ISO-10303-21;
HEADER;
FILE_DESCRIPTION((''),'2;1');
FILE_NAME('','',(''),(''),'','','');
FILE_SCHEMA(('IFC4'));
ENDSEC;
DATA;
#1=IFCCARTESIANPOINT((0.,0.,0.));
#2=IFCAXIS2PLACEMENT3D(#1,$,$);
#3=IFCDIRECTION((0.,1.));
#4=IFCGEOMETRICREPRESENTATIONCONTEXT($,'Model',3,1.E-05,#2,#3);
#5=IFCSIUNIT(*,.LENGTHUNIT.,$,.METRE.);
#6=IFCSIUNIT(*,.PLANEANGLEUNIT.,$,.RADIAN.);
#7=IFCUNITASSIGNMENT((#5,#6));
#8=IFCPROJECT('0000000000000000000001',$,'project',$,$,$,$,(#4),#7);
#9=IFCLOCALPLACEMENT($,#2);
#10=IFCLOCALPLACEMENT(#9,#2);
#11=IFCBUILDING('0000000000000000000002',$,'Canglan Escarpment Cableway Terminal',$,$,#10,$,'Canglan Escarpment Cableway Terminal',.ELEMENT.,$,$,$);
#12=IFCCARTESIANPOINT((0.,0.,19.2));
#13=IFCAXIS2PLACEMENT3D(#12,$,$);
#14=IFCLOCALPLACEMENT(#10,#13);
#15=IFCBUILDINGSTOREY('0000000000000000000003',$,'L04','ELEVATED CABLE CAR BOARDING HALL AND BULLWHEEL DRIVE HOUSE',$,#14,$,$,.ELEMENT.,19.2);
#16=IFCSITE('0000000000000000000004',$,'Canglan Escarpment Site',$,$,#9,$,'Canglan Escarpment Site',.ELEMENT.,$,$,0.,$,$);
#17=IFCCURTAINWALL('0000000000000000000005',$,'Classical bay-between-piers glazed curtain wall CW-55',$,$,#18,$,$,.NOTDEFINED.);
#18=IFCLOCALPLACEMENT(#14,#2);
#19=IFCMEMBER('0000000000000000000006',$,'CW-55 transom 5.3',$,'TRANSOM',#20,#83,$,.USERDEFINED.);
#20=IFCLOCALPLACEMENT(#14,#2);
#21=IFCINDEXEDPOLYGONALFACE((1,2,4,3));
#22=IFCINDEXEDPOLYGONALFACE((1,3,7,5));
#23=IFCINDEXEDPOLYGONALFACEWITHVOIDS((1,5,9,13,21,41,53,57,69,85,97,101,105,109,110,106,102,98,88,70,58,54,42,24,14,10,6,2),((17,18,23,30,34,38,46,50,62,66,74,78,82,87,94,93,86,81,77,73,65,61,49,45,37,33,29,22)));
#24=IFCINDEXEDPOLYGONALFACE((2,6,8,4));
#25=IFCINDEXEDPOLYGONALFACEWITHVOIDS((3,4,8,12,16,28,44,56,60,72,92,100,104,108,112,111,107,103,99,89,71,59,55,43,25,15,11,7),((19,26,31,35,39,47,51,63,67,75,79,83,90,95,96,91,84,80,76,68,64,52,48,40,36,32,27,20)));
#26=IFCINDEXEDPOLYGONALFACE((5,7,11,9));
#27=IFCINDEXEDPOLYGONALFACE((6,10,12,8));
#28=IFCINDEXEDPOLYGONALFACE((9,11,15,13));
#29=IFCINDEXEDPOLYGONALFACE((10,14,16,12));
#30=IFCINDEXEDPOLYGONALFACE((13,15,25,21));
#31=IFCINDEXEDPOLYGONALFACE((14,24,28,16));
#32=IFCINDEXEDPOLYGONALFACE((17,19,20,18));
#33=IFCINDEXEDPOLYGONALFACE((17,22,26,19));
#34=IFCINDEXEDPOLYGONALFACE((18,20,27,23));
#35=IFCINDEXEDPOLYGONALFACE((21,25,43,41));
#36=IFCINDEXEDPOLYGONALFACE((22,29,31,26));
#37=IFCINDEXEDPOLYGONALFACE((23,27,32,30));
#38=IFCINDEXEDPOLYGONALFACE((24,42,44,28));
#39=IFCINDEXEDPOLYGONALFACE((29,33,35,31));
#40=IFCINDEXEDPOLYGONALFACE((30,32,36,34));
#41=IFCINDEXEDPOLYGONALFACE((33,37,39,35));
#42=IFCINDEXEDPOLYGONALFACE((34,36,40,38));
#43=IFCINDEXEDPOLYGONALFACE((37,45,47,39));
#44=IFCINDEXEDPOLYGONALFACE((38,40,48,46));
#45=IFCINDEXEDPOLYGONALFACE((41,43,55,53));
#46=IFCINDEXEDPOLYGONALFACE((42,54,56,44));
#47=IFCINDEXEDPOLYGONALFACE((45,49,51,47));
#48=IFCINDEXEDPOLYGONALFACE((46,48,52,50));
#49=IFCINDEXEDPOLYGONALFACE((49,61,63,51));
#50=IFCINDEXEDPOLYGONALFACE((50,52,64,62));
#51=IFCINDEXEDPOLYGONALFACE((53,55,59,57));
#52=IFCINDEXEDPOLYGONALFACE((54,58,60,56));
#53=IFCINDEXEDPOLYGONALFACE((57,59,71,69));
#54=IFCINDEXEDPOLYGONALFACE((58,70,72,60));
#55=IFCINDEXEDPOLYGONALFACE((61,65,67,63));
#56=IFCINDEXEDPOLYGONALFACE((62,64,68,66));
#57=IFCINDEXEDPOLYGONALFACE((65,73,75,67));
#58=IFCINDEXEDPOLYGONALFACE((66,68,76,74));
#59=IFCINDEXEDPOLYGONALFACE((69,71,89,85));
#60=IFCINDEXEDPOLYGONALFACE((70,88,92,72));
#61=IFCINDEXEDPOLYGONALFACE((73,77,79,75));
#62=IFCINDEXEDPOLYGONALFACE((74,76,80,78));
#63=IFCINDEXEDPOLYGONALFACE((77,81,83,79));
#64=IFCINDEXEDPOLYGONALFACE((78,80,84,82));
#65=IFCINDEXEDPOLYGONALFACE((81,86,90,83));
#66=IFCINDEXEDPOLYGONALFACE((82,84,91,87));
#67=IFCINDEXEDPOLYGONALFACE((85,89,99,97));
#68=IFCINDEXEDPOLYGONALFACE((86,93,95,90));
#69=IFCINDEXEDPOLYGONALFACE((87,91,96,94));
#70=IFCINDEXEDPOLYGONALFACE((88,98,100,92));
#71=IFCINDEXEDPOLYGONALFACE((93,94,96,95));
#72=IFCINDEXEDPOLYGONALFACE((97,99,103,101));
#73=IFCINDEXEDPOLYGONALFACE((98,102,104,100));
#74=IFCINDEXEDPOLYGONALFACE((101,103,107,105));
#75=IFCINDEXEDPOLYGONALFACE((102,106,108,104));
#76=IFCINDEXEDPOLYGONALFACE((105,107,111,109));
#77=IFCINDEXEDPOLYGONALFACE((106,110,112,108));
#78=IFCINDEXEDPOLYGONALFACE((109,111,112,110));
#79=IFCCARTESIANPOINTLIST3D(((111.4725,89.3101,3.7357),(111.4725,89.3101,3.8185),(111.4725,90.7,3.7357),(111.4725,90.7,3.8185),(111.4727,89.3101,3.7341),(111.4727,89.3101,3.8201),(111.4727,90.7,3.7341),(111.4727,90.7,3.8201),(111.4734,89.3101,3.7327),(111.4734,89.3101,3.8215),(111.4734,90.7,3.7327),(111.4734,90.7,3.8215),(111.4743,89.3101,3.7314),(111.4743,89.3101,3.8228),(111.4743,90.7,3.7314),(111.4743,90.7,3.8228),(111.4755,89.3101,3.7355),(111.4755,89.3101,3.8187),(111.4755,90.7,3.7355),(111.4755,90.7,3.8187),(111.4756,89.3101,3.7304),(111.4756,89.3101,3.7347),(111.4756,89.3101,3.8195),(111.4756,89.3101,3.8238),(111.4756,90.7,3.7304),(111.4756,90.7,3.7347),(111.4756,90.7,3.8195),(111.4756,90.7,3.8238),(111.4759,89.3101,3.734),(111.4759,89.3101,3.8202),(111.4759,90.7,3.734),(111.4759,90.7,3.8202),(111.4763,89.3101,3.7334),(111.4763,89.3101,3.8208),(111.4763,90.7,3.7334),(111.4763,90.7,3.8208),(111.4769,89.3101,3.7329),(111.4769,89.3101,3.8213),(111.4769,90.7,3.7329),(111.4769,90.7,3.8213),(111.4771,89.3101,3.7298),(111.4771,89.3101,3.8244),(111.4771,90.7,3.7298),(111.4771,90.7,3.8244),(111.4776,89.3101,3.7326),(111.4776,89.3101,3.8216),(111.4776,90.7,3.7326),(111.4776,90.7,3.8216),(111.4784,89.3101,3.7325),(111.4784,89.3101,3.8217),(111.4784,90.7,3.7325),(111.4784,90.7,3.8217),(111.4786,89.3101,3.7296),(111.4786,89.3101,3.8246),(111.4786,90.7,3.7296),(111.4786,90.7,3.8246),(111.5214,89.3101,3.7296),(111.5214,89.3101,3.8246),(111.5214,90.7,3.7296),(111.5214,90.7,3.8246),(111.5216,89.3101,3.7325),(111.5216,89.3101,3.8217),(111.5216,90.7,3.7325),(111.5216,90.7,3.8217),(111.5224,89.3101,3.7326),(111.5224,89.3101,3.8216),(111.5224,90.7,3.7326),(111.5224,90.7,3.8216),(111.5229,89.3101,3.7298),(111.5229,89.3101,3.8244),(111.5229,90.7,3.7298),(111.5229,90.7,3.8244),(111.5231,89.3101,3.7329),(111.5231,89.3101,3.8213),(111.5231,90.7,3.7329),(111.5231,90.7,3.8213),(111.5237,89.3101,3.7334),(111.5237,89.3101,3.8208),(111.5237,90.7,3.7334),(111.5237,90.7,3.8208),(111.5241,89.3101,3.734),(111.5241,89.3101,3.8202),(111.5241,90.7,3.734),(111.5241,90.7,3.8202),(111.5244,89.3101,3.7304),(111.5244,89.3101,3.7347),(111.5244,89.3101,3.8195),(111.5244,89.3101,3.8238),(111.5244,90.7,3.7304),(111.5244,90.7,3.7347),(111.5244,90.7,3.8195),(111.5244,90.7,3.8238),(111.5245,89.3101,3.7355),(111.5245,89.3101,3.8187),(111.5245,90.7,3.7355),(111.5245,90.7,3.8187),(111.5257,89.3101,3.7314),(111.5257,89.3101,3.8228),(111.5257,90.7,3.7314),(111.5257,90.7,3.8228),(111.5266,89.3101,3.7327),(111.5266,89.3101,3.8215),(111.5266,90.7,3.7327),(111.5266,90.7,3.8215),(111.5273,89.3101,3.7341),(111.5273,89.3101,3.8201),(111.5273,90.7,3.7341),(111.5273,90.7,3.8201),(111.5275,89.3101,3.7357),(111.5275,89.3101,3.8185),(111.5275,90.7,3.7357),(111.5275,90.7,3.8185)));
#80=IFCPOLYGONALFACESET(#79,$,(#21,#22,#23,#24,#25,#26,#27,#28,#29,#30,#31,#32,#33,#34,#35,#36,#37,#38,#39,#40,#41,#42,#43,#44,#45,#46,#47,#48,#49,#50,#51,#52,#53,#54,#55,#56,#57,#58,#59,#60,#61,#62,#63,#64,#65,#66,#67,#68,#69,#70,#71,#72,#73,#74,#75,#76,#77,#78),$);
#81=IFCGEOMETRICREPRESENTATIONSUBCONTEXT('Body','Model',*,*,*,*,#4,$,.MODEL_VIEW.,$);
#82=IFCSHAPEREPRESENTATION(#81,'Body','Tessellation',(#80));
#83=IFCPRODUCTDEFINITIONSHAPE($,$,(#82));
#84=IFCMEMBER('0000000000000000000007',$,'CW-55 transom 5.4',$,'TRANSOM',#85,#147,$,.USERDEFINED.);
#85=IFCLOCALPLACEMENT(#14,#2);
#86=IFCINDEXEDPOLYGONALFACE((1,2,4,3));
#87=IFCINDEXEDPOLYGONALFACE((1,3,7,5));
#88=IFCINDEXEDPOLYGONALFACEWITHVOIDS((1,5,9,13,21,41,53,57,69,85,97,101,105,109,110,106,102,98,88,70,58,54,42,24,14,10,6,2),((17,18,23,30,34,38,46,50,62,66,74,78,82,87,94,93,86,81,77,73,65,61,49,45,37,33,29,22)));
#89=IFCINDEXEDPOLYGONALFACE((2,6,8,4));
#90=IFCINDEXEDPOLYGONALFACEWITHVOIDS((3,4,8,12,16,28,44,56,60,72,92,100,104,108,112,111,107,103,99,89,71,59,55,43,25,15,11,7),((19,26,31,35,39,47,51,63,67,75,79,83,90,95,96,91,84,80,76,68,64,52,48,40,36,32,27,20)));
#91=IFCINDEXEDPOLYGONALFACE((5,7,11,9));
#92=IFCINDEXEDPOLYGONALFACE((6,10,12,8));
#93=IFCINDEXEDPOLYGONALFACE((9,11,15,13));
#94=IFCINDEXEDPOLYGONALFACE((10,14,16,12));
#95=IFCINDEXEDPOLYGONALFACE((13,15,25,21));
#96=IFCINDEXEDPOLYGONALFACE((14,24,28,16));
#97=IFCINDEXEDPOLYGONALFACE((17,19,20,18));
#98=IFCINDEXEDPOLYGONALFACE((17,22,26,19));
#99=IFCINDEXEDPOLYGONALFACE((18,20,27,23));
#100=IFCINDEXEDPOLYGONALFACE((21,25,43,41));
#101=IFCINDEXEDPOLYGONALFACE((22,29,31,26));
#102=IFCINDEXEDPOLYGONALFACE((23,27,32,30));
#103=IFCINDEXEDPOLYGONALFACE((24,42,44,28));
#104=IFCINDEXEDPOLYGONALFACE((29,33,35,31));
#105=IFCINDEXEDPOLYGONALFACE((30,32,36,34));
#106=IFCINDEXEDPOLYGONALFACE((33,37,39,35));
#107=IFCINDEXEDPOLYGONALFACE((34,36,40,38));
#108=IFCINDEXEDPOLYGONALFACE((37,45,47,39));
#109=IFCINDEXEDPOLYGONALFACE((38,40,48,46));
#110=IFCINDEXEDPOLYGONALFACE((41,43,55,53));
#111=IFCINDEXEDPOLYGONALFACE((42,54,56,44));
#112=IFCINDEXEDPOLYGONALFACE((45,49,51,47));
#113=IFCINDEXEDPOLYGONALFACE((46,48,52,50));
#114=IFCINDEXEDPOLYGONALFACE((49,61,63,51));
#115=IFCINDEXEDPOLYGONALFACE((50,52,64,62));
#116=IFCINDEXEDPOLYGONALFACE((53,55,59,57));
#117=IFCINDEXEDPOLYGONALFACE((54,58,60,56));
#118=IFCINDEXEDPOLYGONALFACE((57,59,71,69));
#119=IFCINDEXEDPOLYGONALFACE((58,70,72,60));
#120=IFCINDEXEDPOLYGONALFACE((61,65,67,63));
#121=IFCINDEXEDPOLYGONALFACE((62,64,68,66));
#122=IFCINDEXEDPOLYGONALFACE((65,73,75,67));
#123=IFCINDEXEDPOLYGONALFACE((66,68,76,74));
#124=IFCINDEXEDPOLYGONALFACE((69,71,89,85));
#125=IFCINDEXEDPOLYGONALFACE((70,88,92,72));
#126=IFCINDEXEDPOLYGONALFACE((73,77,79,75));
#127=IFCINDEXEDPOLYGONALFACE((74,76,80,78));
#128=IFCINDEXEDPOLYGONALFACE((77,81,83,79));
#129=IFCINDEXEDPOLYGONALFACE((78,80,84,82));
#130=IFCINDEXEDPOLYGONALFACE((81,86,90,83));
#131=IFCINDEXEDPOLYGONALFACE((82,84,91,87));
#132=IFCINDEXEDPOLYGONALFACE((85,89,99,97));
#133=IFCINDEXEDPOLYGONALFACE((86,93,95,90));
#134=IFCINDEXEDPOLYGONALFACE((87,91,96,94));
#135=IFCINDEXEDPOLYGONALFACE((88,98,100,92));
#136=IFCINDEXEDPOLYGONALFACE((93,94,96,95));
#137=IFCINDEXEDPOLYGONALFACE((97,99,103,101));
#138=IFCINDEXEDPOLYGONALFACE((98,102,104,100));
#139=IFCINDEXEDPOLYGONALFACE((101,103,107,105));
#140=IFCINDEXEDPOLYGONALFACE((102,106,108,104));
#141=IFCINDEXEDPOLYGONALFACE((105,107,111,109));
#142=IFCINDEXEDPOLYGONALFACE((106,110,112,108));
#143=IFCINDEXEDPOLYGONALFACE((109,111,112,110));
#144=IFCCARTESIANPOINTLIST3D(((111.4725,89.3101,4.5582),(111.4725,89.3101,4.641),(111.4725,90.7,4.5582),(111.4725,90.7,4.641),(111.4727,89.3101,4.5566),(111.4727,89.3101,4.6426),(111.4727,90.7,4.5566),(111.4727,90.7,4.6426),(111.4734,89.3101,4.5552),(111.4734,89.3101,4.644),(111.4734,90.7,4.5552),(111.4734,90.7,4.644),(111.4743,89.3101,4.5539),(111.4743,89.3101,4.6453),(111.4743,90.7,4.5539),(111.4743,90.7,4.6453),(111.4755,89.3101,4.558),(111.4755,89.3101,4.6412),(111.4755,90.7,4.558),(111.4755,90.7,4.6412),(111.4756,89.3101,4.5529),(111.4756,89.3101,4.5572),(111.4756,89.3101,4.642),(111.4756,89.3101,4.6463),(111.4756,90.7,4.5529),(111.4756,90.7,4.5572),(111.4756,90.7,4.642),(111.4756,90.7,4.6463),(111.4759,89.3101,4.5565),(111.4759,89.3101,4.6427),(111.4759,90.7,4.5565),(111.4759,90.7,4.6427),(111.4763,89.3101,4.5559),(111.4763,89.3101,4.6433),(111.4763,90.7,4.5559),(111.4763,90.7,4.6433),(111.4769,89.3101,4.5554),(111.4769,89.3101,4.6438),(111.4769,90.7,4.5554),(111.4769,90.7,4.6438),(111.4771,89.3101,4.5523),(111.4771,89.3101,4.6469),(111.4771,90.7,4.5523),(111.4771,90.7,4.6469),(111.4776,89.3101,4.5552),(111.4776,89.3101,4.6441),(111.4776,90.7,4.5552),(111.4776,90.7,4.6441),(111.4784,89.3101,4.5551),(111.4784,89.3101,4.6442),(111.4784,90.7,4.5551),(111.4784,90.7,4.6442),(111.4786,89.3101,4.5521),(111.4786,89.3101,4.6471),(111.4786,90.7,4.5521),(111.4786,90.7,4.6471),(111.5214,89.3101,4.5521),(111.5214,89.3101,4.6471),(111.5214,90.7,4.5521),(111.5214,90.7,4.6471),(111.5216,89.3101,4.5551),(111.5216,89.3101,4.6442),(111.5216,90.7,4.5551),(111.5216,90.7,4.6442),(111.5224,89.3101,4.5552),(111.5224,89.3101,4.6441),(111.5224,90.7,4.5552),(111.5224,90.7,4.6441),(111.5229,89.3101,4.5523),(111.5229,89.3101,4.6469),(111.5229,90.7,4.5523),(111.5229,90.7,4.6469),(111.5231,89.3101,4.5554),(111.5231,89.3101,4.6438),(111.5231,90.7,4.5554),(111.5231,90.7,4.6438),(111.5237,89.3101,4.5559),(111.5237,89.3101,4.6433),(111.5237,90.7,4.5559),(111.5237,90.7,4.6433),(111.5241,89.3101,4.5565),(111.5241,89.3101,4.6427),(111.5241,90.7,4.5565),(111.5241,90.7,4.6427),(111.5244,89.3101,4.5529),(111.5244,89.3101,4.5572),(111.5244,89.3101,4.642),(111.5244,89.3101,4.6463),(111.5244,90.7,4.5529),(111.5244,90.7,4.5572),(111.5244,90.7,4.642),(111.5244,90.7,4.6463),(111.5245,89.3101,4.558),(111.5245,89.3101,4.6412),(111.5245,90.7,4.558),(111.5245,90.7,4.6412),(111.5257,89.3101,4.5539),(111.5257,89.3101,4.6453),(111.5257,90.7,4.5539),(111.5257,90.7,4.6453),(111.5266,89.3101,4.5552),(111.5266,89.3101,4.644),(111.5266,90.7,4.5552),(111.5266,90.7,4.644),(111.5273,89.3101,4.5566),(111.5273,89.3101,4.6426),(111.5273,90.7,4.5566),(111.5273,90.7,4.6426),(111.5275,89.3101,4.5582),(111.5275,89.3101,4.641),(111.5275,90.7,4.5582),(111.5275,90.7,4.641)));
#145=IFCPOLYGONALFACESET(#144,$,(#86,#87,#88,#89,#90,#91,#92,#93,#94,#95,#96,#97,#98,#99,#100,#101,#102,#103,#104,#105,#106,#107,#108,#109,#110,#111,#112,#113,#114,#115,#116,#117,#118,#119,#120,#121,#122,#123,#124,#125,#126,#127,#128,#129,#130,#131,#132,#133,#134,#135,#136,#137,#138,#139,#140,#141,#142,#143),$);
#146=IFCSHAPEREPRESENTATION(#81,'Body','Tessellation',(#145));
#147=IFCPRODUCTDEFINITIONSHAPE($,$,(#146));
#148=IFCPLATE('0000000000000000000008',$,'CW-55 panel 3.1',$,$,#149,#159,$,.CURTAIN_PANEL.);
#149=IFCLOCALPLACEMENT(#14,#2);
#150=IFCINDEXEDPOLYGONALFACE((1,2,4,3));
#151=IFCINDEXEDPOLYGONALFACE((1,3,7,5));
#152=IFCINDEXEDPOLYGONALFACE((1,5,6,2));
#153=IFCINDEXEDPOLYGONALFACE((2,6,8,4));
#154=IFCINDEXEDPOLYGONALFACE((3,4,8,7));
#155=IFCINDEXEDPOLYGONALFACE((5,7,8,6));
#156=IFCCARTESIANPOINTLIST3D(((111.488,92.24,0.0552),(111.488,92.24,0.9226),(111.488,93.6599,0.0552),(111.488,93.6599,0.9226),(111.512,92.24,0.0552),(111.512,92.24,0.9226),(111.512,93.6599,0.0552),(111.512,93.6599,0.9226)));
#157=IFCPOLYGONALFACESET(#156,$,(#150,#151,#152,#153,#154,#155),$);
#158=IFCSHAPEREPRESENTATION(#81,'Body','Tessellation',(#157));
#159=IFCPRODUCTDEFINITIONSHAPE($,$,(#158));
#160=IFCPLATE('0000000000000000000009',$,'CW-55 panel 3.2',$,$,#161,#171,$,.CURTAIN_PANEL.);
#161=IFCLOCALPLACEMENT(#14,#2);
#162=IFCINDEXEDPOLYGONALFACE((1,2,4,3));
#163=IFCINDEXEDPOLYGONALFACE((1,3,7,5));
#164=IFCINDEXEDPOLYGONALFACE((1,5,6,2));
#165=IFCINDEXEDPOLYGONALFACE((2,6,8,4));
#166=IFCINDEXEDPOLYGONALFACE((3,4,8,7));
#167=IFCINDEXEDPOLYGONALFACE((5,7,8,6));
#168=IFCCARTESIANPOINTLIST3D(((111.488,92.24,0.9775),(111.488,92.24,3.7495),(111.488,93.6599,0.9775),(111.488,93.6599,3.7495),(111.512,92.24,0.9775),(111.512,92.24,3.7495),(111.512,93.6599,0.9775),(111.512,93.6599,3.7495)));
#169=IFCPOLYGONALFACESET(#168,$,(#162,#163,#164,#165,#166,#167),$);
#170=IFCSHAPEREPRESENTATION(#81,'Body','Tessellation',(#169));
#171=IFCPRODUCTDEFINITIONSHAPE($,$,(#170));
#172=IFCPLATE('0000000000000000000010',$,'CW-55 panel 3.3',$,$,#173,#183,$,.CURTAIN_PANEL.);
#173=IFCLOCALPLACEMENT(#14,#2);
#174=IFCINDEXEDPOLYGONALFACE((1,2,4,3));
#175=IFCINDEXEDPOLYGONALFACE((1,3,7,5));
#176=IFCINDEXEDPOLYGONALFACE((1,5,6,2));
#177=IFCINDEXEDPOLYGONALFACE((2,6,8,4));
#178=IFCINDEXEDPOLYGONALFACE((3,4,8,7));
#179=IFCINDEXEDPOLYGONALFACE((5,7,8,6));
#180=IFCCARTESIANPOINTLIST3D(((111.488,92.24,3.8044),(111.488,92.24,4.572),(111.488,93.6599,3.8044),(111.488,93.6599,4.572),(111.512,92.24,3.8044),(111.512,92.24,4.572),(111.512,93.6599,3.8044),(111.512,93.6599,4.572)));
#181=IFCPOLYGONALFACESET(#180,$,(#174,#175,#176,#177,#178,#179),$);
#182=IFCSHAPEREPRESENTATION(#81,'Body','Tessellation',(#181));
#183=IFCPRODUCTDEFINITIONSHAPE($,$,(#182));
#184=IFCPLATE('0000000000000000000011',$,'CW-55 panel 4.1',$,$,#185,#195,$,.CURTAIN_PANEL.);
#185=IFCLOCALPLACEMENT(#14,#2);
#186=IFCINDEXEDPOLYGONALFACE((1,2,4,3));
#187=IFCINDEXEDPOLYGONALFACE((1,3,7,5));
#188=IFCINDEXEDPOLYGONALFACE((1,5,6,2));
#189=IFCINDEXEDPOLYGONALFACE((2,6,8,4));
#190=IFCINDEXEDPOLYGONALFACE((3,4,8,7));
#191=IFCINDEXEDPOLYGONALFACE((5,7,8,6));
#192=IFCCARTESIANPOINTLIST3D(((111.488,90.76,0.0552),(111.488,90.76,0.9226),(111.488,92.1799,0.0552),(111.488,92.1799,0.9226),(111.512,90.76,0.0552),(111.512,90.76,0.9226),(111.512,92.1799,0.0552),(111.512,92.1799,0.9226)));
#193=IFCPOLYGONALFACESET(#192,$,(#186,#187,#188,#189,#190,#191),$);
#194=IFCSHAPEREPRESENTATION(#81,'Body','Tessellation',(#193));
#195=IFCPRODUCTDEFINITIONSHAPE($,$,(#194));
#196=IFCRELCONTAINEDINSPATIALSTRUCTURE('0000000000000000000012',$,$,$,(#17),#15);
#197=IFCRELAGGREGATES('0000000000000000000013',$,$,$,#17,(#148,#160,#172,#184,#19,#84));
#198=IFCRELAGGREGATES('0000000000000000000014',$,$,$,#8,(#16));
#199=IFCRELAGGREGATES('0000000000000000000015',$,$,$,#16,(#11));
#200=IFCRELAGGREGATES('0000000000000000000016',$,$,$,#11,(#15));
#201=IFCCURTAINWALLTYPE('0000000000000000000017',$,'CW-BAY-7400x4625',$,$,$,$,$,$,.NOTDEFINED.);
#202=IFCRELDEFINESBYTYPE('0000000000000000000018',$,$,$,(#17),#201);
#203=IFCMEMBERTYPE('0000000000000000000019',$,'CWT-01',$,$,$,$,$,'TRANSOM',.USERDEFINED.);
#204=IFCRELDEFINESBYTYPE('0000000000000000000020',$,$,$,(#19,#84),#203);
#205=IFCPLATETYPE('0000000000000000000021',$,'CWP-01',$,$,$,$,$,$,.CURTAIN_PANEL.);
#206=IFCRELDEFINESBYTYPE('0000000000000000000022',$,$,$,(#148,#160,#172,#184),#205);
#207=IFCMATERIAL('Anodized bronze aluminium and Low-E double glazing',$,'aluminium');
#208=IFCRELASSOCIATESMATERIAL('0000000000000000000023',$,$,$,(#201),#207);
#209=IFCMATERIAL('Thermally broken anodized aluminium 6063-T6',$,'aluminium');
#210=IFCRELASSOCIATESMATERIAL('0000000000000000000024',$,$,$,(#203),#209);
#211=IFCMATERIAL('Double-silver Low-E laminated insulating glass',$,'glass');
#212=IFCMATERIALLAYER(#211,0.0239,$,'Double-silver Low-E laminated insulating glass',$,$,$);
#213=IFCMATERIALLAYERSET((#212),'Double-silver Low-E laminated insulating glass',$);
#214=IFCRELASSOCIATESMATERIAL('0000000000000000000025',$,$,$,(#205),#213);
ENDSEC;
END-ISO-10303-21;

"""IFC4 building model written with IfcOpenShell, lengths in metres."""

from ifc_helpers import new_model, si_unit, direction, frame, origin, origin_2d, place, context, subcontext, project, spatial, rectangle, hollow_rectangle, extrude, material, layer, layer_set, material_profile, profile_set, type_object, element, aggregate, save


model = new_model("IFC4")

# Units and contexts
model_context = context("Model", 3, precision=1e-05, world=origin(), true_north=direction((0.0, 1.0)))
body_context = subcontext(model_context, "Body", "Model", "MODEL_VIEW")
ifc_project = project(units=[si_unit("LENGTHUNIT", "METRE"), si_unit("PLANEANGLEUNIT", "RADIAN")], contexts=[model_context])

# Site, building, storey
site_placement = place(None, origin())
site = spatial("IfcSite", under=ifc_project, at=site_placement, Name="Canglan Escarpment Site", LongName="Canglan Escarpment Site", CompositionType="ELEMENT", RefElevation=0.0)
building_placement = place(site_placement, origin())
building = spatial("IfcBuilding", under=site, at=building_placement, Name="Canglan Escarpment Cableway Terminal", LongName="Canglan Escarpment Cableway Terminal", CompositionType="ELEMENT")
storey_placement = place(building_placement, frame((0.0, 0.0, 19.2)))
storey = spatial("IfcBuildingStorey", under=building, at=storey_placement, Name="L04", Description="ELEVATED CABLE CAR BOARDING HALL AND BULLWHEEL DRIVE HOUSE", CompositionType="ELEMENT", Elevation=19.2)

# Curtain wall, members, plates
ifc_material_1 = material(Name="Anodized bronze aluminium and Low-E double glazing", Category="aluminium")
curtain_wall_type = type_object("IfcCurtainWallType", Name="CW-BAY-7400x4625", PredefinedType="NOTDEFINED", material=ifc_material_1)
curtain_wall_placement = place(storey_placement, origin())
curtain_wall = element("IfcCurtainWall", 1, at=curtain_wall_placement, inside=storey, type_object=curtain_wall_type, Name="Classical bay-between-piers glazed curtain wall CW-55", PredefinedType="NOTDEFINED")
ifc_material_2 = material(Name="Thermally broken anodized aluminium 6063-T6", Category="aluminium")
ifc_material_profile_1 = material_profile(ifc_material_2, hollow_rectangle(XDim=0.0549, YDim=0.095, WallThickness=0.0029, InnerFilletRadius=0.0029, OuterFilletRadius=0.0061, at=origin_2d()), Name="ALU-TRAN 55x95x3")
ifc_profile_set_1 = profile_set([ifc_material_profile_1], Name="Thermally broken anodized aluminium 6063-T6")
member_type_1 = type_object("IfcMemberType", Name="CWT-01", ElementType="TRANSOM", PredefinedType="USERDEFINED", material=ifc_profile_set_1)
member_1_placement = place(storey_placement, frame((111.5, 90.7, 3.7771), z_axis=(0.0, -1.0, 0.0), x_axis=(1.0, 0.0, 0.0)))
member_1 = element("IfcMember", 2, at=member_1_placement, type_object=member_type_1, Name="CW-55 transom 5.3", ObjectType="TRANSOM", PredefinedType="USERDEFINED", context=body_context, shape_type="SweptSolid", body=[
    extrude(hollow_rectangle(XDim=0.0549, YDim=0.095, WallThickness=0.0029, InnerFilletRadius=0.0029, OuterFilletRadius=0.0061, at=origin_2d()), origin(), (0.0, 0.0, 1.0), 1.3899),
])
member_2_placement = place(storey_placement, frame((111.5, 90.7, 4.5996), z_axis=(0.0, -1.0, 0.0), x_axis=(1.0, 0.0, 0.0)))
member_2 = element("IfcMember", 3, at=member_2_placement, type_object=member_type_1, Name="CW-55 transom 5.4", ObjectType="TRANSOM", PredefinedType="USERDEFINED", context=body_context, shape_type="SweptSolid", body=[
    extrude(hollow_rectangle(XDim=0.0549, YDim=0.095, WallThickness=0.0029, InnerFilletRadius=0.0029, OuterFilletRadius=0.0061, at=origin_2d()), origin(), (0.0, 0.0, 1.0), 1.3899),
])
ifc_material_3 = material(Name="Double-silver Low-E laminated insulating glass", Category="glass")
ifc_layer_1 = layer(ifc_material_3, 0.0239, Name="Double-silver Low-E laminated insulating glass")
ifc_layer_set_1 = layer_set([ifc_layer_1], Name="Double-silver Low-E laminated insulating glass")
plate_type = type_object("IfcPlateType", Name="CWP-01", PredefinedType="CURTAIN_PANEL", material=ifc_layer_set_1)
plate_1_placement = place(storey_placement, frame((111.5, 92.95, 0.0552), z_axis=(0.0, 0.0, 1.0), x_axis=(0.0, -1.0, 0.0)))
plate_1 = element("IfcPlate", 4, at=plate_1_placement, type_object=plate_type, Name="CW-55 panel 3.1", PredefinedType="CURTAIN_PANEL", context=body_context, shape_type="SweptSolid", body=[
    extrude(rectangle(XDim=1.4199, YDim=0.0239, at=origin_2d()), origin(), (0.0, 0.0, 1.0), 0.8674),
])
plate_2_placement = place(storey_placement, frame((111.5, 92.95, 0.9775), z_axis=(0.0, 0.0, 1.0), x_axis=(0.0, -1.0, 0.0)))
plate_2 = element("IfcPlate", 5, at=plate_2_placement, type_object=plate_type, Name="CW-55 panel 3.2", PredefinedType="CURTAIN_PANEL", context=body_context, shape_type="SweptSolid", body=[
    extrude(rectangle(XDim=1.4199, YDim=0.0239, at=origin_2d()), origin(), (0.0, 0.0, 1.0), 2.772),
])
plate_3_placement = place(storey_placement, frame((111.5, 92.95, 3.8044), z_axis=(0.0, 0.0, 1.0), x_axis=(0.0, -1.0, 0.0)))
plate_3 = element("IfcPlate", 6, at=plate_3_placement, type_object=plate_type, Name="CW-55 panel 3.3", PredefinedType="CURTAIN_PANEL", context=body_context, shape_type="SweptSolid", body=[
    extrude(rectangle(XDim=1.4199, YDim=0.0239, at=origin_2d()), origin(), (0.0, 0.0, 1.0), 0.7676),
])
plate_4_placement = place(storey_placement, frame((111.5, 91.47, 0.0552), z_axis=(0.0, 0.0, 1.0), x_axis=(0.0, -1.0, 0.0)))
plate_4 = element("IfcPlate", 7, at=plate_4_placement, type_object=plate_type, Name="CW-55 panel 4.1", PredefinedType="CURTAIN_PANEL", context=body_context, shape_type="SweptSolid", body=[
    extrude(rectangle(XDim=1.4199, YDim=0.0239, at=origin_2d()), origin(), (0.0, 0.0, 1.0), 0.8674),
])
aggregate(curtain_wall, [plate_1, plate_2, plate_3, plate_4, member_1, member_2])

save(model, "model.ifc")
